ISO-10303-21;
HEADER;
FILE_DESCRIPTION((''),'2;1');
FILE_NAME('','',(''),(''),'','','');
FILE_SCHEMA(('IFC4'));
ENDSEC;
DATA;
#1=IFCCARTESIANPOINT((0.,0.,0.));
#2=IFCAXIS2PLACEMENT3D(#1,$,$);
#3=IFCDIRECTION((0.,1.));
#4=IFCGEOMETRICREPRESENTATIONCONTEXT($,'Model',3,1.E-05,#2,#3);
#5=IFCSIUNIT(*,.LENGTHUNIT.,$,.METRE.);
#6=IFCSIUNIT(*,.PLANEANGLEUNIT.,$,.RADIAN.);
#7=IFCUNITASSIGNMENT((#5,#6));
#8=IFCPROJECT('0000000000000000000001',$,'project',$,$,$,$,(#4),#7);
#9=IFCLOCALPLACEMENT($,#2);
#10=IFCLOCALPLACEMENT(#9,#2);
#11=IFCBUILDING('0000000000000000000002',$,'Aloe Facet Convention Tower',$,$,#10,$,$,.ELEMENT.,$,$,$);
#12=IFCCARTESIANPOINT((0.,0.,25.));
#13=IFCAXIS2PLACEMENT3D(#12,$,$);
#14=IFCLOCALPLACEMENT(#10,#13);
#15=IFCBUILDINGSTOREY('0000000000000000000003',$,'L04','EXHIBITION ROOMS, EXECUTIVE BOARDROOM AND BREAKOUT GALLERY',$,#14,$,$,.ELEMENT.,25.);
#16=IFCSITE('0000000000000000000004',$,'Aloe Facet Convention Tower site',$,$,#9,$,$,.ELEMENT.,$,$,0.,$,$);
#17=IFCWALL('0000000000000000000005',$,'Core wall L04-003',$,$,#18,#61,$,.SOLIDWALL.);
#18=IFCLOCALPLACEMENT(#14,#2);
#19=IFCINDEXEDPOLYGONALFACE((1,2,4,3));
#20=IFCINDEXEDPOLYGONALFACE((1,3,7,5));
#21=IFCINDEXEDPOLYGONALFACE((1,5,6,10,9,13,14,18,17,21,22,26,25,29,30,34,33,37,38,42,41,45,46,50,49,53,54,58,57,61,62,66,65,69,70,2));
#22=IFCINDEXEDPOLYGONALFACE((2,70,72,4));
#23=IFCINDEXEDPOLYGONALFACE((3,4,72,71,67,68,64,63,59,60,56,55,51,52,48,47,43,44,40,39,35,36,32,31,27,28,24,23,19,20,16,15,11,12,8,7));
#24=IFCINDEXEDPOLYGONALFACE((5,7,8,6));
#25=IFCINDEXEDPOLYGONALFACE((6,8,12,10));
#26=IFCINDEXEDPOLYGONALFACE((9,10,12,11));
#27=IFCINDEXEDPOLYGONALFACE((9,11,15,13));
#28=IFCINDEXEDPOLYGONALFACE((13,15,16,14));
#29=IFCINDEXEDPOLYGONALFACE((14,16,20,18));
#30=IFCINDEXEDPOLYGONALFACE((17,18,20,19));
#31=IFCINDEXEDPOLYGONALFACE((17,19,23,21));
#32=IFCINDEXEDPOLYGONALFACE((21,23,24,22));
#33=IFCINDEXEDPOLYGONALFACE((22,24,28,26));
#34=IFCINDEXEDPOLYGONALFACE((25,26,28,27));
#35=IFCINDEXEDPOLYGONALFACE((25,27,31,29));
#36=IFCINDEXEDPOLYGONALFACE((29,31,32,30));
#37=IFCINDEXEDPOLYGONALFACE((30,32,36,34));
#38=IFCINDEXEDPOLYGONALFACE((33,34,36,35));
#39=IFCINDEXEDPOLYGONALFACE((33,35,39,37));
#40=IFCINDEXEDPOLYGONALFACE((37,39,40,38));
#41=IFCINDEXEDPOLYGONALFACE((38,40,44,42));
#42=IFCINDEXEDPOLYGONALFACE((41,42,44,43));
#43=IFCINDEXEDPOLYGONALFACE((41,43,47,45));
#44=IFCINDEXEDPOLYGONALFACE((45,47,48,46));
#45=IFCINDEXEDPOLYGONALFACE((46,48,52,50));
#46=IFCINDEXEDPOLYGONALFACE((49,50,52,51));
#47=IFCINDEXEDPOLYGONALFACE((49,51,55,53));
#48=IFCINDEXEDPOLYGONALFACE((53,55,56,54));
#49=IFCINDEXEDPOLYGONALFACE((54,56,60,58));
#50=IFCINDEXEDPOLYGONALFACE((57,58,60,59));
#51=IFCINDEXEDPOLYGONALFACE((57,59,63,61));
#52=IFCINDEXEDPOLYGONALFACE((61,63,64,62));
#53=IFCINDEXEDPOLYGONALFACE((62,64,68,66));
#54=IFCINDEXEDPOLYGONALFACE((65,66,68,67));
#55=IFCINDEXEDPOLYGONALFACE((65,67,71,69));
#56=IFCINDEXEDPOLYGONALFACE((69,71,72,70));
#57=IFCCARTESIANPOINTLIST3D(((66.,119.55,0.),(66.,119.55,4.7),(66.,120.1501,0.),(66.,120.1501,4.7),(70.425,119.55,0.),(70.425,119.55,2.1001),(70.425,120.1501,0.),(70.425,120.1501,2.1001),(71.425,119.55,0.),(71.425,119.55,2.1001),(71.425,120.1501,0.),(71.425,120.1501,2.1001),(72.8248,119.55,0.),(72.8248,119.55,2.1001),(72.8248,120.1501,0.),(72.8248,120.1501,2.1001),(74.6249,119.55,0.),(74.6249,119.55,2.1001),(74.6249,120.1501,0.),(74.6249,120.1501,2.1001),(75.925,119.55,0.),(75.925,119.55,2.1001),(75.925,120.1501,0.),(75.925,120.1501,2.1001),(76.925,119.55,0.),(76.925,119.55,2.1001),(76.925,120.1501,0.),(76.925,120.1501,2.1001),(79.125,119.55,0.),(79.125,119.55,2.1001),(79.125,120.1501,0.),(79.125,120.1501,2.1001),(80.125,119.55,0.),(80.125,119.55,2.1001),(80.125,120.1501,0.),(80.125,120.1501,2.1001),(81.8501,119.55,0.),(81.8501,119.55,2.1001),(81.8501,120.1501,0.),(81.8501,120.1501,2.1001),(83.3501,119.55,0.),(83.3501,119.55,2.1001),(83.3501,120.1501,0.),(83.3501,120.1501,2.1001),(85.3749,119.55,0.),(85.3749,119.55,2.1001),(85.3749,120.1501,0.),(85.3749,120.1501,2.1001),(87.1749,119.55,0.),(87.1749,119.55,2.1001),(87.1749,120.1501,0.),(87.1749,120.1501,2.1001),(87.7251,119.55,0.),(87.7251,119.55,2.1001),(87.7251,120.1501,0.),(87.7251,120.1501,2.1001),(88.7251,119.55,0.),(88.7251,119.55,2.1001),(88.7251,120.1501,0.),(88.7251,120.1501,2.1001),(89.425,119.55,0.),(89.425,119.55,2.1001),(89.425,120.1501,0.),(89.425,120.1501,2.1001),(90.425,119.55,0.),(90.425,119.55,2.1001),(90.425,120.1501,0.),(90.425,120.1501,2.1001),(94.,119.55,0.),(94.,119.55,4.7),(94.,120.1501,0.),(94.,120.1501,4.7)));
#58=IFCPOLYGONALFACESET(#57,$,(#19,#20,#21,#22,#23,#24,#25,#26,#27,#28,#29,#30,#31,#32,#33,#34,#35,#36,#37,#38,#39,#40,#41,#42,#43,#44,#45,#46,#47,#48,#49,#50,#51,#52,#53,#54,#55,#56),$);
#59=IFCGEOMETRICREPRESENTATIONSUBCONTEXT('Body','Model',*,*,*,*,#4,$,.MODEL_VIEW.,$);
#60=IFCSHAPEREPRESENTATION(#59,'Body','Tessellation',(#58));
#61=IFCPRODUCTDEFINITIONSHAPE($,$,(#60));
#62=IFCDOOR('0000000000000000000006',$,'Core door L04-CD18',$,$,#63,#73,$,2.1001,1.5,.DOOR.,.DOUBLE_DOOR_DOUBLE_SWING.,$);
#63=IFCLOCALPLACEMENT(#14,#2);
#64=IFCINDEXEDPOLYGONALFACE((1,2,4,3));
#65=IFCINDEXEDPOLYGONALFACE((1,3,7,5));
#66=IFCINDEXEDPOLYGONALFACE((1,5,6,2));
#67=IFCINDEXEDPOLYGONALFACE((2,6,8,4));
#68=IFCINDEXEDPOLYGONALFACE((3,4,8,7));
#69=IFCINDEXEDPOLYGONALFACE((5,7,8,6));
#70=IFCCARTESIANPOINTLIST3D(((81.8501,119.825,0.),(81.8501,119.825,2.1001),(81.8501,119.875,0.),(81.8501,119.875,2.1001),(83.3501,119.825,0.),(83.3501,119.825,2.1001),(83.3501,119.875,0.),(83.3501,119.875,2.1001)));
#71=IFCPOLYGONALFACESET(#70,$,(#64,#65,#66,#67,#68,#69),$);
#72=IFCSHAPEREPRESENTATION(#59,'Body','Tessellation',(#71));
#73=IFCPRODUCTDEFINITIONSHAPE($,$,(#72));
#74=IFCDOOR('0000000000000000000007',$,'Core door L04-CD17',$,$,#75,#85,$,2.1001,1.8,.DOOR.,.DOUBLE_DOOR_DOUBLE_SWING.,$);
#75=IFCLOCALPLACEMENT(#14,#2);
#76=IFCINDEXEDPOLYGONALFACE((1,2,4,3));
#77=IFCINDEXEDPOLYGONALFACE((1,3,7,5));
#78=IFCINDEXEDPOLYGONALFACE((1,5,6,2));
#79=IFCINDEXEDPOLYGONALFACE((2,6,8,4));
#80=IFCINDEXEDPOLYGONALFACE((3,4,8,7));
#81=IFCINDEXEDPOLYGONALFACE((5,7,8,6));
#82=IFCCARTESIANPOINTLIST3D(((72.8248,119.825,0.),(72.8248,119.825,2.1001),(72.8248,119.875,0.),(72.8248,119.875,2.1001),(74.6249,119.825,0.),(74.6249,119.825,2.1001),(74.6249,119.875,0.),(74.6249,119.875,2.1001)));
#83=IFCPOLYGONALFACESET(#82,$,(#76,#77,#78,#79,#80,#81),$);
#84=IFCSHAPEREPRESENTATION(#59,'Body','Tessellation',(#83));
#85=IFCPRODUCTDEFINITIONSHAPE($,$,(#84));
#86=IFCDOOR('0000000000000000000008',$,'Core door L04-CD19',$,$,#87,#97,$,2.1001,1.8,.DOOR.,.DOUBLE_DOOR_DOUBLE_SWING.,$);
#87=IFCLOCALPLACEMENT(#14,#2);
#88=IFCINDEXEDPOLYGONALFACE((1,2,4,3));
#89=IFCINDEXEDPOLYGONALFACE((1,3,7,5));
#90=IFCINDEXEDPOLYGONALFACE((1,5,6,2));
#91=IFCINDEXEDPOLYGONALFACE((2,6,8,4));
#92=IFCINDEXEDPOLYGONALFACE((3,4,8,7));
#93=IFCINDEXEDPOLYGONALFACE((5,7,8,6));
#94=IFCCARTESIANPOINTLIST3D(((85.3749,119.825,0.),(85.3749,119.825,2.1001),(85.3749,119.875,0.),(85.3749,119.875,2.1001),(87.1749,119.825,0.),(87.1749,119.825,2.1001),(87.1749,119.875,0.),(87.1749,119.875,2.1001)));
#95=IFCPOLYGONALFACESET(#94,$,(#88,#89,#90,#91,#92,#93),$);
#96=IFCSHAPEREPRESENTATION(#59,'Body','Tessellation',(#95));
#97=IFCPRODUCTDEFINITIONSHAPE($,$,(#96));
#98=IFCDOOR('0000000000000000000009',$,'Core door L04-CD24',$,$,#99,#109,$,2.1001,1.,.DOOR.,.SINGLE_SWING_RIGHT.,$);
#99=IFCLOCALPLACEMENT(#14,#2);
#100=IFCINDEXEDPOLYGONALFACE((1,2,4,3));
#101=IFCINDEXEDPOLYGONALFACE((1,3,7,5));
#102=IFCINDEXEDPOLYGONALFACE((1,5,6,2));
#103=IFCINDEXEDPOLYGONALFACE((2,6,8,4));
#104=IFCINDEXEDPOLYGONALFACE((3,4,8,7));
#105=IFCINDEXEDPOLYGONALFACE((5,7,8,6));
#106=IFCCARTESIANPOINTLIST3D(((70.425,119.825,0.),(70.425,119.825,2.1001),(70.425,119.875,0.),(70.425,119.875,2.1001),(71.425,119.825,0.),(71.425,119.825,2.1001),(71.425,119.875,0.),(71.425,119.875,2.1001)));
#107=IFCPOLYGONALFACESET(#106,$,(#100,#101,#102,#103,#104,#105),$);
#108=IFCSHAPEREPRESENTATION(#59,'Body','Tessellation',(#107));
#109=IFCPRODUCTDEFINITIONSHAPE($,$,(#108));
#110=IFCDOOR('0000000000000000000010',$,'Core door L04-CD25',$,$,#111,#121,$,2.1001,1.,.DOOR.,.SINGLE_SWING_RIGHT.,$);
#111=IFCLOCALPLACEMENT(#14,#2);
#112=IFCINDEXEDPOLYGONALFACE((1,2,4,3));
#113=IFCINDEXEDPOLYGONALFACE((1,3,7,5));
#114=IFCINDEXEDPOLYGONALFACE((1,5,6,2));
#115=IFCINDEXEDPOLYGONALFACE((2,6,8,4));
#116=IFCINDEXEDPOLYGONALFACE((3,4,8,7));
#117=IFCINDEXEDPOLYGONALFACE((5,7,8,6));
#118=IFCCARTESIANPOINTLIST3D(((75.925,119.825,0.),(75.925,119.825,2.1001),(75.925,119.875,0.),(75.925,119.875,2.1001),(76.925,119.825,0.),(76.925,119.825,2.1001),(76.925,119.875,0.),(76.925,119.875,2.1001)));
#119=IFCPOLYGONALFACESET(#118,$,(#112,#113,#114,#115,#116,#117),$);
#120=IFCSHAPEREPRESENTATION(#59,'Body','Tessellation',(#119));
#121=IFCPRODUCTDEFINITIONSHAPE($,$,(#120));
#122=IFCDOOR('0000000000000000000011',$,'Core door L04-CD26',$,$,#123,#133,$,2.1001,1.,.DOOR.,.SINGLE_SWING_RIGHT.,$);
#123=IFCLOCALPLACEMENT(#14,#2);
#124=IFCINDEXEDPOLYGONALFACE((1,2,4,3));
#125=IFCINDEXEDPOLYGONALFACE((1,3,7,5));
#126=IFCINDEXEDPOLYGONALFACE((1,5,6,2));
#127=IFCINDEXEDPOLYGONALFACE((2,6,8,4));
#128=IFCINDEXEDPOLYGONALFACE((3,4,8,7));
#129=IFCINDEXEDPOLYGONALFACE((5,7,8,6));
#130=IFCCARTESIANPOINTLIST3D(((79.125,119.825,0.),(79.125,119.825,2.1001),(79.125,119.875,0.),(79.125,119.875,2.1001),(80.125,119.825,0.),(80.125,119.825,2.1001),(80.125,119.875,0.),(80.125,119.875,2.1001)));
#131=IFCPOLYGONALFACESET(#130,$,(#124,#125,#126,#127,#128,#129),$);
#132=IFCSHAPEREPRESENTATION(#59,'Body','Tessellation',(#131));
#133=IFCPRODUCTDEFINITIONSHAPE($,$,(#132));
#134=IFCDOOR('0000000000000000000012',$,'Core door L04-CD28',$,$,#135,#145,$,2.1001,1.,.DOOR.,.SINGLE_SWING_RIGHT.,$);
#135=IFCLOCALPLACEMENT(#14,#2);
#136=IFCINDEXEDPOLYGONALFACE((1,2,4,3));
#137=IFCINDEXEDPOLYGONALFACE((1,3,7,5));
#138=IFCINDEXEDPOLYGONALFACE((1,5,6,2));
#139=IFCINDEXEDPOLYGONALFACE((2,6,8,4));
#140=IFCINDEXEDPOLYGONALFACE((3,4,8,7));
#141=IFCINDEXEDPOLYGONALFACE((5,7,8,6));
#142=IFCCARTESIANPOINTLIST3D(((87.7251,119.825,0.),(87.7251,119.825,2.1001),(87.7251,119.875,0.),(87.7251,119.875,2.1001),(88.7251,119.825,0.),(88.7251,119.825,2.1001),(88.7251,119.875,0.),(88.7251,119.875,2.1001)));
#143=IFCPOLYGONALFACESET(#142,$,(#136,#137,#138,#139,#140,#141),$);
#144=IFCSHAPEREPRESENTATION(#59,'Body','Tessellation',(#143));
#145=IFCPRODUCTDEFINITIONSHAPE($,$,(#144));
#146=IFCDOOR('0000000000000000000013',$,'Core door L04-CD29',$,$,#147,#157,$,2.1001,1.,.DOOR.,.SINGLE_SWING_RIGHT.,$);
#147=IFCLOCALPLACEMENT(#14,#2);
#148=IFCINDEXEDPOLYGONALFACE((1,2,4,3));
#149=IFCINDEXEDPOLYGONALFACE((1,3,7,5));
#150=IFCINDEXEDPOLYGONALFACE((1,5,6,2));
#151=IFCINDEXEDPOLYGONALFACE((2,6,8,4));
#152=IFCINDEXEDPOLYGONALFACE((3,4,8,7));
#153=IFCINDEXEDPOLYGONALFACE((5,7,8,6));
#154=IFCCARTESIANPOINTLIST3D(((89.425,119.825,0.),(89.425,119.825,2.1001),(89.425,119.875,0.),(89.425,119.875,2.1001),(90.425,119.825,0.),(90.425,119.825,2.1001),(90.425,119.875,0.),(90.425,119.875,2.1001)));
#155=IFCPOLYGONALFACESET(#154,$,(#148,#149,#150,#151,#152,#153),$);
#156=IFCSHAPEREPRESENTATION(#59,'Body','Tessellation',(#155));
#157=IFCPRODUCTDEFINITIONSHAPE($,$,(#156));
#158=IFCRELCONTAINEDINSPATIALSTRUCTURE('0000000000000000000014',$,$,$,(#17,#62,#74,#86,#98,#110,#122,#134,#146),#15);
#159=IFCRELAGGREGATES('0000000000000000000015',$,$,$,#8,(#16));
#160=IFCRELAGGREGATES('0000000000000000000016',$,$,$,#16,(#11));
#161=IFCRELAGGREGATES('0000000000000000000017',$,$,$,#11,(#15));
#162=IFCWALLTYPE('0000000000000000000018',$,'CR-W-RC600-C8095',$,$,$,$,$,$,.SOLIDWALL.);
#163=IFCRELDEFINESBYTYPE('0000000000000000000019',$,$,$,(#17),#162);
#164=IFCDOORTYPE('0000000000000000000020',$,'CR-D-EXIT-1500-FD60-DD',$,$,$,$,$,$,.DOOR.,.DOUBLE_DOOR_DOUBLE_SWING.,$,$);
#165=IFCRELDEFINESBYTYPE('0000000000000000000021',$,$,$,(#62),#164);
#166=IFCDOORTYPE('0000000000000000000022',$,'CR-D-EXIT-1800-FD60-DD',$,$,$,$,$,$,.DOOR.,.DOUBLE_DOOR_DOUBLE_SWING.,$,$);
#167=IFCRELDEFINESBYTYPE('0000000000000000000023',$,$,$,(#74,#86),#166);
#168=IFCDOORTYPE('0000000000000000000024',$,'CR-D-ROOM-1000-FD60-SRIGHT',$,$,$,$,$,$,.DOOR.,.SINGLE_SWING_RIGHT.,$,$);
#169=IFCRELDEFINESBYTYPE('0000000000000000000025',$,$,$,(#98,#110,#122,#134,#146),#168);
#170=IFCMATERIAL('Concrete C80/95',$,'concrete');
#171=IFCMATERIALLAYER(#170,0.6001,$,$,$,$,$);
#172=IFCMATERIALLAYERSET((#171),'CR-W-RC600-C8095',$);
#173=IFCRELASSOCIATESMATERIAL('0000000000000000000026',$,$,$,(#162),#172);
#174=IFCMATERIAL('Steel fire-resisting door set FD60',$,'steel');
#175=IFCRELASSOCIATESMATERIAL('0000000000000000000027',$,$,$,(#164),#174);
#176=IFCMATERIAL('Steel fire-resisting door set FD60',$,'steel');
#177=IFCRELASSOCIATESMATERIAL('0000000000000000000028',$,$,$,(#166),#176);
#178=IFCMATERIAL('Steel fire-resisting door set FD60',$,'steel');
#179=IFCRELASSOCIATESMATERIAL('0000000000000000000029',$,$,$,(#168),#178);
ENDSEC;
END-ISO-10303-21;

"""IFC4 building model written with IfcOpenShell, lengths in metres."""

from ifc_helpers import new_model, si_unit, direction, frame, frame_2d, origin, place, context, subcontext, project, spatial, rectangle, extrude, material, layer, layer_set, type_object, element, fill, save


model = new_model("IFC4")

# Units and contexts
model_context = context("Model", 3, precision=1e-05, world=origin(), true_north=direction((0.0, 1.0)))
body_context = subcontext(model_context, "Body", "Model", "MODEL_VIEW")
ifc_project = project(units=[si_unit("LENGTHUNIT", "METRE"), si_unit("PLANEANGLEUNIT", "RADIAN")], contexts=[model_context])

# Site, building, storey
site_placement = place(None, origin())
site = spatial("IfcSite", under=ifc_project, at=site_placement, Name="Aloe Facet Convention Tower site", CompositionType="ELEMENT", RefElevation=0.0)
building_placement = place(site_placement, origin())
building = spatial("IfcBuilding", under=site, at=building_placement, Name="Aloe Facet Convention Tower", CompositionType="ELEMENT")
storey_placement = place(building_placement, frame((0.0, 0.0, 25.0)))
storey = spatial("IfcBuildingStorey", under=building, at=storey_placement, Name="L04", Description="EXHIBITION ROOMS, EXECUTIVE BOARDROOM AND BREAKOUT GALLERY", CompositionType="ELEMENT", Elevation=25.0)

# Wall, openings, doors
ifc_material_1 = material(Name="Concrete C80/95", Category="concrete")
ifc_layer_1 = layer(ifc_material_1, 0.6001)
ifc_layer_set_1 = layer_set([ifc_layer_1], Name="CR-W-RC600-C8095")
wall_type_1 = type_object("IfcWallType", Name="CR-W-RC600-C8095", PredefinedType="SOLIDWALL", material=ifc_layer_set_1)
wall_1_placement = place(storey_placement, frame((66.0, 119.8501, 0.0), z_axis=(0.0, 0.0, 1.0), x_axis=(1.0, 0.0, 0.0)))
wall_1 = element("IfcWall", 1, at=wall_1_placement, inside=storey, type_object=wall_type_1, Name="Core wall L04-003", PredefinedType="SOLIDWALL", context=body_context, shape_type="SweptSolid", body=[
    extrude(rectangle(XDim=28.0, YDim=0.6001, at=frame_2d((14.0, 0.0))), origin(), (0.0, 0.0, 1.0), 4.7),
])
opening_1_placement = place(wall_1_placement, frame((6.825, 0.0, 0.0)))
opening_1 = element("IfcOpeningElement", 2, at=opening_1_placement, cuts=wall_1, PredefinedType="OPENING", context=body_context, shape_type="SweptSolid", body=[
    extrude(rectangle(XDim=1.8, YDim=2.1001, at=frame_2d((0.8999, 1.05))), frame((0.0, 0.3101, 0.0), z_axis=(0.0, -1.0, 0.0), x_axis=(1.0, 0.0, 0.0)), (0.0, 0.0, 1.0), 0.6201),
])
opening_2_placement = place(wall_1_placement, frame((15.8501, 0.0, 0.0)))
opening_2 = element("IfcOpeningElement", 3, at=opening_2_placement, cuts=wall_1, PredefinedType="OPENING", context=body_context, shape_type="SweptSolid", body=[
    extrude(rectangle(XDim=1.5, YDim=2.1001, at=frame_2d((0.75, 1.05))), frame((0.0, 0.3101, 0.0), z_axis=(0.0, -1.0, 0.0), x_axis=(1.0, 0.0, 0.0)), (0.0, 0.0, 1.0), 0.6201),
])
opening_3_placement = place(wall_1_placement, frame((19.375, 0.0, 0.0)))
opening_3 = element("IfcOpeningElement", 4, at=opening_3_placement, cuts=wall_1, PredefinedType="OPENING", context=body_context, shape_type="SweptSolid", body=[
    extrude(rectangle(XDim=1.8, YDim=2.1001, at=frame_2d((0.8999, 1.05))), frame((0.0, 0.3101, 0.0), z_axis=(0.0, -1.0, 0.0), x_axis=(1.0, 0.0, 0.0)), (0.0, 0.0, 1.0), 0.6201),
])
opening_4_placement = place(wall_1_placement, frame((4.425, 0.0, 0.0)))
opening_4 = element("IfcOpeningElement", 5, at=opening_4_placement, cuts=wall_1, PredefinedType="OPENING", context=body_context, shape_type="SweptSolid", body=[
    extrude(rectangle(XDim=1.0, YDim=2.1001, at=frame_2d((0.5, 1.05))), frame((0.0, 0.3101, 0.0), z_axis=(0.0, -1.0, 0.0), x_axis=(1.0, 0.0, 0.0)), (0.0, 0.0, 1.0), 0.6201),
])
opening_5_placement = place(wall_1_placement, frame((9.925, 0.0, 0.0)))
opening_5 = element("IfcOpeningElement", 6, at=opening_5_placement, cuts=wall_1, PredefinedType="OPENING", context=body_context, shape_type="SweptSolid", body=[
    extrude(rectangle(XDim=1.0, YDim=2.1001, at=frame_2d((0.5, 1.05))), frame((0.0, 0.3101, 0.0), z_axis=(0.0, -1.0, 0.0), x_axis=(1.0, 0.0, 0.0)), (0.0, 0.0, 1.0), 0.6201),
])
opening_6_placement = place(wall_1_placement, frame((13.125, 0.0, 0.0)))
opening_6 = element("IfcOpeningElement", 7, at=opening_6_placement, cuts=wall_1, PredefinedType="OPENING", context=body_context, shape_type="SweptSolid", body=[
    extrude(rectangle(XDim=1.0, YDim=2.1001, at=frame_2d((0.5, 1.05))), frame((0.0, 0.3101, 0.0), z_axis=(0.0, -1.0, 0.0), x_axis=(1.0, 0.0, 0.0)), (0.0, 0.0, 1.0), 0.6201),
])
opening_7_placement = place(wall_1_placement, frame((21.7251, 0.0, 0.0)))
opening_7 = element("IfcOpeningElement", 8, at=opening_7_placement, cuts=wall_1, PredefinedType="OPENING", context=body_context, shape_type="SweptSolid", body=[
    extrude(rectangle(XDim=1.0, YDim=2.1001, at=frame_2d((0.5, 1.05))), frame((0.0, 0.3101, 0.0), z_axis=(0.0, -1.0, 0.0), x_axis=(1.0, 0.0, 0.0)), (0.0, 0.0, 1.0), 0.6201),
])
opening_8_placement = place(wall_1_placement, frame((23.425, 0.0, 0.0)))
opening_8 = element("IfcOpeningElement", 9, at=opening_8_placement, cuts=wall_1, PredefinedType="OPENING", context=body_context, shape_type="SweptSolid", body=[
    extrude(rectangle(XDim=1.0, YDim=2.1001, at=frame_2d((0.5, 1.05))), frame((0.0, 0.3101, 0.0), z_axis=(0.0, -1.0, 0.0), x_axis=(1.0, 0.0, 0.0)), (0.0, 0.0, 1.0), 0.6201),
])
ifc_material_2 = material(Name="Steel fire-resisting door set FD60", Category="steel")
door_type_1 = type_object("IfcDoorType", Name="CR-D-EXIT-1500-FD60-DD", OperationType="DOUBLE_DOOR_DOUBLE_SWING", PredefinedType="DOOR", material=ifc_material_2)
door_1_placement = place(opening_2_placement, origin())
door_1 = element("IfcDoor", 10, at=door_1_placement, inside=storey, type_object=door_type_1, Name="Core door L04-CD18", OperationType="DOUBLE_DOOR_DOUBLE_SWING", OverallHeight=2.1001, OverallWidth=1.5, PredefinedType="DOOR", context=body_context, shape_type="SweptSolid", body=[
    extrude(rectangle(XDim=1.5, YDim=2.1001, at=frame_2d((0.75, 1.05))), frame((0.0, 0.0249, 0.0), z_axis=(0.0, -1.0, 0.0), x_axis=(1.0, 0.0, 0.0)), (0.0, 0.0, 1.0), 0.05),
])
fill(opening_2, door_1)
ifc_material_3 = material(Name="Steel fire-resisting door set FD60", Category="steel")
door_type_2 = type_object("IfcDoorType", Name="CR-D-EXIT-1800-FD60-DD", OperationType="DOUBLE_DOOR_DOUBLE_SWING", PredefinedType="DOOR", material=ifc_material_3)
door_2_placement = place(opening_1_placement, origin())
door_2 = element("IfcDoor", 11, at=door_2_placement, inside=storey, type_object=door_type_2, Name="Core door L04-CD17", OperationType="DOUBLE_DOOR_DOUBLE_SWING", OverallHeight=2.1001, OverallWidth=1.8, PredefinedType="DOOR", context=body_context, shape_type="SweptSolid", body=[
    extrude(rectangle(XDim=1.8, YDim=2.1001, at=frame_2d((0.8999, 1.05))), frame((0.0, 0.0249, 0.0), z_axis=(0.0, -1.0, 0.0), x_axis=(1.0, 0.0, 0.0)), (0.0, 0.0, 1.0), 0.05),
])
fill(opening_1, door_2)
door_3_placement = place(opening_3_placement, origin())
door_3 = element("IfcDoor", 12, at=door_3_placement, inside=storey, type_object=door_type_2, Name="Core door L04-CD19", OperationType="DOUBLE_DOOR_DOUBLE_SWING", OverallHeight=2.1001, OverallWidth=1.8, PredefinedType="DOOR", context=body_context, shape_type="SweptSolid", body=[
    extrude(rectangle(XDim=1.8, YDim=2.1001, at=frame_2d((0.8999, 1.05))), frame((0.0, 0.0249, 0.0), z_axis=(0.0, -1.0, 0.0), x_axis=(1.0, 0.0, 0.0)), (0.0, 0.0, 1.0), 0.05),
])
fill(opening_3, door_3)
ifc_material_4 = material(Name="Steel fire-resisting door set FD60", Category="steel")
door_type_3 = type_object("IfcDoorType", Name="CR-D-ROOM-1000-FD60-SRIGHT", OperationType="SINGLE_SWING_RIGHT", PredefinedType="DOOR", material=ifc_material_4)
door_4_placement = place(opening_4_placement, origin())
door_4 = element("IfcDoor", 13, at=door_4_placement, inside=storey, type_object=door_type_3, Name="Core door L04-CD24", OperationType="SINGLE_SWING_RIGHT", OverallHeight=2.1001, OverallWidth=1.0, PredefinedType="DOOR", context=body_context, shape_type="SweptSolid", body=[
    extrude(rectangle(XDim=1.0, YDim=2.1001, at=frame_2d((0.5, 1.05))), frame((0.0, 0.0249, 0.0), z_axis=(0.0, -1.0, 0.0), x_axis=(1.0, 0.0, 0.0)), (0.0, 0.0, 1.0), 0.05),
])
fill(opening_4, door_4)
door_5_placement = place(opening_5_placement, origin())
door_5 = element("IfcDoor", 14, at=door_5_placement, inside=storey, type_object=door_type_3, Name="Core door L04-CD25", OperationType="SINGLE_SWING_RIGHT", OverallHeight=2.1001, OverallWidth=1.0, PredefinedType="DOOR", context=body_context, shape_type="SweptSolid", body=[
    extrude(rectangle(XDim=1.0, YDim=2.1001, at=frame_2d((0.5, 1.05))), frame((0.0, 0.0249, 0.0), z_axis=(0.0, -1.0, 0.0), x_axis=(1.0, 0.0, 0.0)), (0.0, 0.0, 1.0), 0.05),
])
fill(opening_5, door_5)
door_6_placement = place(opening_6_placement, origin())
door_6 = element("IfcDoor", 15, at=door_6_placement, inside=storey, type_object=door_type_3, Name="Core door L04-CD26", OperationType="SINGLE_SWING_RIGHT", OverallHeight=2.1001, OverallWidth=1.0, PredefinedType="DOOR", context=body_context, shape_type="SweptSolid", body=[
    extrude(rectangle(XDim=1.0, YDim=2.1001, at=frame_2d((0.5, 1.05))), frame((0.0, 0.0249, 0.0), z_axis=(0.0, -1.0, 0.0), x_axis=(1.0, 0.0, 0.0)), (0.0, 0.0, 1.0), 0.05),
])
fill(opening_6, door_6)
door_7_placement = place(opening_7_placement, origin())
door_7 = element("IfcDoor", 16, at=door_7_placement, inside=storey, type_object=door_type_3, Name="Core door L04-CD28", OperationType="SINGLE_SWING_RIGHT", OverallHeight=2.1001, OverallWidth=1.0, PredefinedType="DOOR", context=body_context, shape_type="SweptSolid", body=[
    extrude(rectangle(XDim=1.0, YDim=2.1001, at=frame_2d((0.5, 1.05))), frame((0.0, 0.0249, 0.0), z_axis=(0.0, -1.0, 0.0), x_axis=(1.0, 0.0, 0.0)), (0.0, 0.0, 1.0), 0.05),
])
fill(opening_7, door_7)
door_8_placement = place(opening_8_placement, origin())
door_8 = element("IfcDoor", 17, at=door_8_placement, inside=storey, type_object=door_type_3, Name="Core door L04-CD29", OperationType="SINGLE_SWING_RIGHT", OverallHeight=2.1001, OverallWidth=1.0, PredefinedType="DOOR", context=body_context, shape_type="SweptSolid", body=[
    extrude(rectangle(XDim=1.0, YDim=2.1001, at=frame_2d((0.5, 1.05))), frame((0.0, 0.0249, 0.0), z_axis=(0.0, -1.0, 0.0), x_axis=(1.0, 0.0, 0.0)), (0.0, 0.0, 1.0), 0.05),
])
fill(opening_8, door_8)

save(model, "model.ifc")
